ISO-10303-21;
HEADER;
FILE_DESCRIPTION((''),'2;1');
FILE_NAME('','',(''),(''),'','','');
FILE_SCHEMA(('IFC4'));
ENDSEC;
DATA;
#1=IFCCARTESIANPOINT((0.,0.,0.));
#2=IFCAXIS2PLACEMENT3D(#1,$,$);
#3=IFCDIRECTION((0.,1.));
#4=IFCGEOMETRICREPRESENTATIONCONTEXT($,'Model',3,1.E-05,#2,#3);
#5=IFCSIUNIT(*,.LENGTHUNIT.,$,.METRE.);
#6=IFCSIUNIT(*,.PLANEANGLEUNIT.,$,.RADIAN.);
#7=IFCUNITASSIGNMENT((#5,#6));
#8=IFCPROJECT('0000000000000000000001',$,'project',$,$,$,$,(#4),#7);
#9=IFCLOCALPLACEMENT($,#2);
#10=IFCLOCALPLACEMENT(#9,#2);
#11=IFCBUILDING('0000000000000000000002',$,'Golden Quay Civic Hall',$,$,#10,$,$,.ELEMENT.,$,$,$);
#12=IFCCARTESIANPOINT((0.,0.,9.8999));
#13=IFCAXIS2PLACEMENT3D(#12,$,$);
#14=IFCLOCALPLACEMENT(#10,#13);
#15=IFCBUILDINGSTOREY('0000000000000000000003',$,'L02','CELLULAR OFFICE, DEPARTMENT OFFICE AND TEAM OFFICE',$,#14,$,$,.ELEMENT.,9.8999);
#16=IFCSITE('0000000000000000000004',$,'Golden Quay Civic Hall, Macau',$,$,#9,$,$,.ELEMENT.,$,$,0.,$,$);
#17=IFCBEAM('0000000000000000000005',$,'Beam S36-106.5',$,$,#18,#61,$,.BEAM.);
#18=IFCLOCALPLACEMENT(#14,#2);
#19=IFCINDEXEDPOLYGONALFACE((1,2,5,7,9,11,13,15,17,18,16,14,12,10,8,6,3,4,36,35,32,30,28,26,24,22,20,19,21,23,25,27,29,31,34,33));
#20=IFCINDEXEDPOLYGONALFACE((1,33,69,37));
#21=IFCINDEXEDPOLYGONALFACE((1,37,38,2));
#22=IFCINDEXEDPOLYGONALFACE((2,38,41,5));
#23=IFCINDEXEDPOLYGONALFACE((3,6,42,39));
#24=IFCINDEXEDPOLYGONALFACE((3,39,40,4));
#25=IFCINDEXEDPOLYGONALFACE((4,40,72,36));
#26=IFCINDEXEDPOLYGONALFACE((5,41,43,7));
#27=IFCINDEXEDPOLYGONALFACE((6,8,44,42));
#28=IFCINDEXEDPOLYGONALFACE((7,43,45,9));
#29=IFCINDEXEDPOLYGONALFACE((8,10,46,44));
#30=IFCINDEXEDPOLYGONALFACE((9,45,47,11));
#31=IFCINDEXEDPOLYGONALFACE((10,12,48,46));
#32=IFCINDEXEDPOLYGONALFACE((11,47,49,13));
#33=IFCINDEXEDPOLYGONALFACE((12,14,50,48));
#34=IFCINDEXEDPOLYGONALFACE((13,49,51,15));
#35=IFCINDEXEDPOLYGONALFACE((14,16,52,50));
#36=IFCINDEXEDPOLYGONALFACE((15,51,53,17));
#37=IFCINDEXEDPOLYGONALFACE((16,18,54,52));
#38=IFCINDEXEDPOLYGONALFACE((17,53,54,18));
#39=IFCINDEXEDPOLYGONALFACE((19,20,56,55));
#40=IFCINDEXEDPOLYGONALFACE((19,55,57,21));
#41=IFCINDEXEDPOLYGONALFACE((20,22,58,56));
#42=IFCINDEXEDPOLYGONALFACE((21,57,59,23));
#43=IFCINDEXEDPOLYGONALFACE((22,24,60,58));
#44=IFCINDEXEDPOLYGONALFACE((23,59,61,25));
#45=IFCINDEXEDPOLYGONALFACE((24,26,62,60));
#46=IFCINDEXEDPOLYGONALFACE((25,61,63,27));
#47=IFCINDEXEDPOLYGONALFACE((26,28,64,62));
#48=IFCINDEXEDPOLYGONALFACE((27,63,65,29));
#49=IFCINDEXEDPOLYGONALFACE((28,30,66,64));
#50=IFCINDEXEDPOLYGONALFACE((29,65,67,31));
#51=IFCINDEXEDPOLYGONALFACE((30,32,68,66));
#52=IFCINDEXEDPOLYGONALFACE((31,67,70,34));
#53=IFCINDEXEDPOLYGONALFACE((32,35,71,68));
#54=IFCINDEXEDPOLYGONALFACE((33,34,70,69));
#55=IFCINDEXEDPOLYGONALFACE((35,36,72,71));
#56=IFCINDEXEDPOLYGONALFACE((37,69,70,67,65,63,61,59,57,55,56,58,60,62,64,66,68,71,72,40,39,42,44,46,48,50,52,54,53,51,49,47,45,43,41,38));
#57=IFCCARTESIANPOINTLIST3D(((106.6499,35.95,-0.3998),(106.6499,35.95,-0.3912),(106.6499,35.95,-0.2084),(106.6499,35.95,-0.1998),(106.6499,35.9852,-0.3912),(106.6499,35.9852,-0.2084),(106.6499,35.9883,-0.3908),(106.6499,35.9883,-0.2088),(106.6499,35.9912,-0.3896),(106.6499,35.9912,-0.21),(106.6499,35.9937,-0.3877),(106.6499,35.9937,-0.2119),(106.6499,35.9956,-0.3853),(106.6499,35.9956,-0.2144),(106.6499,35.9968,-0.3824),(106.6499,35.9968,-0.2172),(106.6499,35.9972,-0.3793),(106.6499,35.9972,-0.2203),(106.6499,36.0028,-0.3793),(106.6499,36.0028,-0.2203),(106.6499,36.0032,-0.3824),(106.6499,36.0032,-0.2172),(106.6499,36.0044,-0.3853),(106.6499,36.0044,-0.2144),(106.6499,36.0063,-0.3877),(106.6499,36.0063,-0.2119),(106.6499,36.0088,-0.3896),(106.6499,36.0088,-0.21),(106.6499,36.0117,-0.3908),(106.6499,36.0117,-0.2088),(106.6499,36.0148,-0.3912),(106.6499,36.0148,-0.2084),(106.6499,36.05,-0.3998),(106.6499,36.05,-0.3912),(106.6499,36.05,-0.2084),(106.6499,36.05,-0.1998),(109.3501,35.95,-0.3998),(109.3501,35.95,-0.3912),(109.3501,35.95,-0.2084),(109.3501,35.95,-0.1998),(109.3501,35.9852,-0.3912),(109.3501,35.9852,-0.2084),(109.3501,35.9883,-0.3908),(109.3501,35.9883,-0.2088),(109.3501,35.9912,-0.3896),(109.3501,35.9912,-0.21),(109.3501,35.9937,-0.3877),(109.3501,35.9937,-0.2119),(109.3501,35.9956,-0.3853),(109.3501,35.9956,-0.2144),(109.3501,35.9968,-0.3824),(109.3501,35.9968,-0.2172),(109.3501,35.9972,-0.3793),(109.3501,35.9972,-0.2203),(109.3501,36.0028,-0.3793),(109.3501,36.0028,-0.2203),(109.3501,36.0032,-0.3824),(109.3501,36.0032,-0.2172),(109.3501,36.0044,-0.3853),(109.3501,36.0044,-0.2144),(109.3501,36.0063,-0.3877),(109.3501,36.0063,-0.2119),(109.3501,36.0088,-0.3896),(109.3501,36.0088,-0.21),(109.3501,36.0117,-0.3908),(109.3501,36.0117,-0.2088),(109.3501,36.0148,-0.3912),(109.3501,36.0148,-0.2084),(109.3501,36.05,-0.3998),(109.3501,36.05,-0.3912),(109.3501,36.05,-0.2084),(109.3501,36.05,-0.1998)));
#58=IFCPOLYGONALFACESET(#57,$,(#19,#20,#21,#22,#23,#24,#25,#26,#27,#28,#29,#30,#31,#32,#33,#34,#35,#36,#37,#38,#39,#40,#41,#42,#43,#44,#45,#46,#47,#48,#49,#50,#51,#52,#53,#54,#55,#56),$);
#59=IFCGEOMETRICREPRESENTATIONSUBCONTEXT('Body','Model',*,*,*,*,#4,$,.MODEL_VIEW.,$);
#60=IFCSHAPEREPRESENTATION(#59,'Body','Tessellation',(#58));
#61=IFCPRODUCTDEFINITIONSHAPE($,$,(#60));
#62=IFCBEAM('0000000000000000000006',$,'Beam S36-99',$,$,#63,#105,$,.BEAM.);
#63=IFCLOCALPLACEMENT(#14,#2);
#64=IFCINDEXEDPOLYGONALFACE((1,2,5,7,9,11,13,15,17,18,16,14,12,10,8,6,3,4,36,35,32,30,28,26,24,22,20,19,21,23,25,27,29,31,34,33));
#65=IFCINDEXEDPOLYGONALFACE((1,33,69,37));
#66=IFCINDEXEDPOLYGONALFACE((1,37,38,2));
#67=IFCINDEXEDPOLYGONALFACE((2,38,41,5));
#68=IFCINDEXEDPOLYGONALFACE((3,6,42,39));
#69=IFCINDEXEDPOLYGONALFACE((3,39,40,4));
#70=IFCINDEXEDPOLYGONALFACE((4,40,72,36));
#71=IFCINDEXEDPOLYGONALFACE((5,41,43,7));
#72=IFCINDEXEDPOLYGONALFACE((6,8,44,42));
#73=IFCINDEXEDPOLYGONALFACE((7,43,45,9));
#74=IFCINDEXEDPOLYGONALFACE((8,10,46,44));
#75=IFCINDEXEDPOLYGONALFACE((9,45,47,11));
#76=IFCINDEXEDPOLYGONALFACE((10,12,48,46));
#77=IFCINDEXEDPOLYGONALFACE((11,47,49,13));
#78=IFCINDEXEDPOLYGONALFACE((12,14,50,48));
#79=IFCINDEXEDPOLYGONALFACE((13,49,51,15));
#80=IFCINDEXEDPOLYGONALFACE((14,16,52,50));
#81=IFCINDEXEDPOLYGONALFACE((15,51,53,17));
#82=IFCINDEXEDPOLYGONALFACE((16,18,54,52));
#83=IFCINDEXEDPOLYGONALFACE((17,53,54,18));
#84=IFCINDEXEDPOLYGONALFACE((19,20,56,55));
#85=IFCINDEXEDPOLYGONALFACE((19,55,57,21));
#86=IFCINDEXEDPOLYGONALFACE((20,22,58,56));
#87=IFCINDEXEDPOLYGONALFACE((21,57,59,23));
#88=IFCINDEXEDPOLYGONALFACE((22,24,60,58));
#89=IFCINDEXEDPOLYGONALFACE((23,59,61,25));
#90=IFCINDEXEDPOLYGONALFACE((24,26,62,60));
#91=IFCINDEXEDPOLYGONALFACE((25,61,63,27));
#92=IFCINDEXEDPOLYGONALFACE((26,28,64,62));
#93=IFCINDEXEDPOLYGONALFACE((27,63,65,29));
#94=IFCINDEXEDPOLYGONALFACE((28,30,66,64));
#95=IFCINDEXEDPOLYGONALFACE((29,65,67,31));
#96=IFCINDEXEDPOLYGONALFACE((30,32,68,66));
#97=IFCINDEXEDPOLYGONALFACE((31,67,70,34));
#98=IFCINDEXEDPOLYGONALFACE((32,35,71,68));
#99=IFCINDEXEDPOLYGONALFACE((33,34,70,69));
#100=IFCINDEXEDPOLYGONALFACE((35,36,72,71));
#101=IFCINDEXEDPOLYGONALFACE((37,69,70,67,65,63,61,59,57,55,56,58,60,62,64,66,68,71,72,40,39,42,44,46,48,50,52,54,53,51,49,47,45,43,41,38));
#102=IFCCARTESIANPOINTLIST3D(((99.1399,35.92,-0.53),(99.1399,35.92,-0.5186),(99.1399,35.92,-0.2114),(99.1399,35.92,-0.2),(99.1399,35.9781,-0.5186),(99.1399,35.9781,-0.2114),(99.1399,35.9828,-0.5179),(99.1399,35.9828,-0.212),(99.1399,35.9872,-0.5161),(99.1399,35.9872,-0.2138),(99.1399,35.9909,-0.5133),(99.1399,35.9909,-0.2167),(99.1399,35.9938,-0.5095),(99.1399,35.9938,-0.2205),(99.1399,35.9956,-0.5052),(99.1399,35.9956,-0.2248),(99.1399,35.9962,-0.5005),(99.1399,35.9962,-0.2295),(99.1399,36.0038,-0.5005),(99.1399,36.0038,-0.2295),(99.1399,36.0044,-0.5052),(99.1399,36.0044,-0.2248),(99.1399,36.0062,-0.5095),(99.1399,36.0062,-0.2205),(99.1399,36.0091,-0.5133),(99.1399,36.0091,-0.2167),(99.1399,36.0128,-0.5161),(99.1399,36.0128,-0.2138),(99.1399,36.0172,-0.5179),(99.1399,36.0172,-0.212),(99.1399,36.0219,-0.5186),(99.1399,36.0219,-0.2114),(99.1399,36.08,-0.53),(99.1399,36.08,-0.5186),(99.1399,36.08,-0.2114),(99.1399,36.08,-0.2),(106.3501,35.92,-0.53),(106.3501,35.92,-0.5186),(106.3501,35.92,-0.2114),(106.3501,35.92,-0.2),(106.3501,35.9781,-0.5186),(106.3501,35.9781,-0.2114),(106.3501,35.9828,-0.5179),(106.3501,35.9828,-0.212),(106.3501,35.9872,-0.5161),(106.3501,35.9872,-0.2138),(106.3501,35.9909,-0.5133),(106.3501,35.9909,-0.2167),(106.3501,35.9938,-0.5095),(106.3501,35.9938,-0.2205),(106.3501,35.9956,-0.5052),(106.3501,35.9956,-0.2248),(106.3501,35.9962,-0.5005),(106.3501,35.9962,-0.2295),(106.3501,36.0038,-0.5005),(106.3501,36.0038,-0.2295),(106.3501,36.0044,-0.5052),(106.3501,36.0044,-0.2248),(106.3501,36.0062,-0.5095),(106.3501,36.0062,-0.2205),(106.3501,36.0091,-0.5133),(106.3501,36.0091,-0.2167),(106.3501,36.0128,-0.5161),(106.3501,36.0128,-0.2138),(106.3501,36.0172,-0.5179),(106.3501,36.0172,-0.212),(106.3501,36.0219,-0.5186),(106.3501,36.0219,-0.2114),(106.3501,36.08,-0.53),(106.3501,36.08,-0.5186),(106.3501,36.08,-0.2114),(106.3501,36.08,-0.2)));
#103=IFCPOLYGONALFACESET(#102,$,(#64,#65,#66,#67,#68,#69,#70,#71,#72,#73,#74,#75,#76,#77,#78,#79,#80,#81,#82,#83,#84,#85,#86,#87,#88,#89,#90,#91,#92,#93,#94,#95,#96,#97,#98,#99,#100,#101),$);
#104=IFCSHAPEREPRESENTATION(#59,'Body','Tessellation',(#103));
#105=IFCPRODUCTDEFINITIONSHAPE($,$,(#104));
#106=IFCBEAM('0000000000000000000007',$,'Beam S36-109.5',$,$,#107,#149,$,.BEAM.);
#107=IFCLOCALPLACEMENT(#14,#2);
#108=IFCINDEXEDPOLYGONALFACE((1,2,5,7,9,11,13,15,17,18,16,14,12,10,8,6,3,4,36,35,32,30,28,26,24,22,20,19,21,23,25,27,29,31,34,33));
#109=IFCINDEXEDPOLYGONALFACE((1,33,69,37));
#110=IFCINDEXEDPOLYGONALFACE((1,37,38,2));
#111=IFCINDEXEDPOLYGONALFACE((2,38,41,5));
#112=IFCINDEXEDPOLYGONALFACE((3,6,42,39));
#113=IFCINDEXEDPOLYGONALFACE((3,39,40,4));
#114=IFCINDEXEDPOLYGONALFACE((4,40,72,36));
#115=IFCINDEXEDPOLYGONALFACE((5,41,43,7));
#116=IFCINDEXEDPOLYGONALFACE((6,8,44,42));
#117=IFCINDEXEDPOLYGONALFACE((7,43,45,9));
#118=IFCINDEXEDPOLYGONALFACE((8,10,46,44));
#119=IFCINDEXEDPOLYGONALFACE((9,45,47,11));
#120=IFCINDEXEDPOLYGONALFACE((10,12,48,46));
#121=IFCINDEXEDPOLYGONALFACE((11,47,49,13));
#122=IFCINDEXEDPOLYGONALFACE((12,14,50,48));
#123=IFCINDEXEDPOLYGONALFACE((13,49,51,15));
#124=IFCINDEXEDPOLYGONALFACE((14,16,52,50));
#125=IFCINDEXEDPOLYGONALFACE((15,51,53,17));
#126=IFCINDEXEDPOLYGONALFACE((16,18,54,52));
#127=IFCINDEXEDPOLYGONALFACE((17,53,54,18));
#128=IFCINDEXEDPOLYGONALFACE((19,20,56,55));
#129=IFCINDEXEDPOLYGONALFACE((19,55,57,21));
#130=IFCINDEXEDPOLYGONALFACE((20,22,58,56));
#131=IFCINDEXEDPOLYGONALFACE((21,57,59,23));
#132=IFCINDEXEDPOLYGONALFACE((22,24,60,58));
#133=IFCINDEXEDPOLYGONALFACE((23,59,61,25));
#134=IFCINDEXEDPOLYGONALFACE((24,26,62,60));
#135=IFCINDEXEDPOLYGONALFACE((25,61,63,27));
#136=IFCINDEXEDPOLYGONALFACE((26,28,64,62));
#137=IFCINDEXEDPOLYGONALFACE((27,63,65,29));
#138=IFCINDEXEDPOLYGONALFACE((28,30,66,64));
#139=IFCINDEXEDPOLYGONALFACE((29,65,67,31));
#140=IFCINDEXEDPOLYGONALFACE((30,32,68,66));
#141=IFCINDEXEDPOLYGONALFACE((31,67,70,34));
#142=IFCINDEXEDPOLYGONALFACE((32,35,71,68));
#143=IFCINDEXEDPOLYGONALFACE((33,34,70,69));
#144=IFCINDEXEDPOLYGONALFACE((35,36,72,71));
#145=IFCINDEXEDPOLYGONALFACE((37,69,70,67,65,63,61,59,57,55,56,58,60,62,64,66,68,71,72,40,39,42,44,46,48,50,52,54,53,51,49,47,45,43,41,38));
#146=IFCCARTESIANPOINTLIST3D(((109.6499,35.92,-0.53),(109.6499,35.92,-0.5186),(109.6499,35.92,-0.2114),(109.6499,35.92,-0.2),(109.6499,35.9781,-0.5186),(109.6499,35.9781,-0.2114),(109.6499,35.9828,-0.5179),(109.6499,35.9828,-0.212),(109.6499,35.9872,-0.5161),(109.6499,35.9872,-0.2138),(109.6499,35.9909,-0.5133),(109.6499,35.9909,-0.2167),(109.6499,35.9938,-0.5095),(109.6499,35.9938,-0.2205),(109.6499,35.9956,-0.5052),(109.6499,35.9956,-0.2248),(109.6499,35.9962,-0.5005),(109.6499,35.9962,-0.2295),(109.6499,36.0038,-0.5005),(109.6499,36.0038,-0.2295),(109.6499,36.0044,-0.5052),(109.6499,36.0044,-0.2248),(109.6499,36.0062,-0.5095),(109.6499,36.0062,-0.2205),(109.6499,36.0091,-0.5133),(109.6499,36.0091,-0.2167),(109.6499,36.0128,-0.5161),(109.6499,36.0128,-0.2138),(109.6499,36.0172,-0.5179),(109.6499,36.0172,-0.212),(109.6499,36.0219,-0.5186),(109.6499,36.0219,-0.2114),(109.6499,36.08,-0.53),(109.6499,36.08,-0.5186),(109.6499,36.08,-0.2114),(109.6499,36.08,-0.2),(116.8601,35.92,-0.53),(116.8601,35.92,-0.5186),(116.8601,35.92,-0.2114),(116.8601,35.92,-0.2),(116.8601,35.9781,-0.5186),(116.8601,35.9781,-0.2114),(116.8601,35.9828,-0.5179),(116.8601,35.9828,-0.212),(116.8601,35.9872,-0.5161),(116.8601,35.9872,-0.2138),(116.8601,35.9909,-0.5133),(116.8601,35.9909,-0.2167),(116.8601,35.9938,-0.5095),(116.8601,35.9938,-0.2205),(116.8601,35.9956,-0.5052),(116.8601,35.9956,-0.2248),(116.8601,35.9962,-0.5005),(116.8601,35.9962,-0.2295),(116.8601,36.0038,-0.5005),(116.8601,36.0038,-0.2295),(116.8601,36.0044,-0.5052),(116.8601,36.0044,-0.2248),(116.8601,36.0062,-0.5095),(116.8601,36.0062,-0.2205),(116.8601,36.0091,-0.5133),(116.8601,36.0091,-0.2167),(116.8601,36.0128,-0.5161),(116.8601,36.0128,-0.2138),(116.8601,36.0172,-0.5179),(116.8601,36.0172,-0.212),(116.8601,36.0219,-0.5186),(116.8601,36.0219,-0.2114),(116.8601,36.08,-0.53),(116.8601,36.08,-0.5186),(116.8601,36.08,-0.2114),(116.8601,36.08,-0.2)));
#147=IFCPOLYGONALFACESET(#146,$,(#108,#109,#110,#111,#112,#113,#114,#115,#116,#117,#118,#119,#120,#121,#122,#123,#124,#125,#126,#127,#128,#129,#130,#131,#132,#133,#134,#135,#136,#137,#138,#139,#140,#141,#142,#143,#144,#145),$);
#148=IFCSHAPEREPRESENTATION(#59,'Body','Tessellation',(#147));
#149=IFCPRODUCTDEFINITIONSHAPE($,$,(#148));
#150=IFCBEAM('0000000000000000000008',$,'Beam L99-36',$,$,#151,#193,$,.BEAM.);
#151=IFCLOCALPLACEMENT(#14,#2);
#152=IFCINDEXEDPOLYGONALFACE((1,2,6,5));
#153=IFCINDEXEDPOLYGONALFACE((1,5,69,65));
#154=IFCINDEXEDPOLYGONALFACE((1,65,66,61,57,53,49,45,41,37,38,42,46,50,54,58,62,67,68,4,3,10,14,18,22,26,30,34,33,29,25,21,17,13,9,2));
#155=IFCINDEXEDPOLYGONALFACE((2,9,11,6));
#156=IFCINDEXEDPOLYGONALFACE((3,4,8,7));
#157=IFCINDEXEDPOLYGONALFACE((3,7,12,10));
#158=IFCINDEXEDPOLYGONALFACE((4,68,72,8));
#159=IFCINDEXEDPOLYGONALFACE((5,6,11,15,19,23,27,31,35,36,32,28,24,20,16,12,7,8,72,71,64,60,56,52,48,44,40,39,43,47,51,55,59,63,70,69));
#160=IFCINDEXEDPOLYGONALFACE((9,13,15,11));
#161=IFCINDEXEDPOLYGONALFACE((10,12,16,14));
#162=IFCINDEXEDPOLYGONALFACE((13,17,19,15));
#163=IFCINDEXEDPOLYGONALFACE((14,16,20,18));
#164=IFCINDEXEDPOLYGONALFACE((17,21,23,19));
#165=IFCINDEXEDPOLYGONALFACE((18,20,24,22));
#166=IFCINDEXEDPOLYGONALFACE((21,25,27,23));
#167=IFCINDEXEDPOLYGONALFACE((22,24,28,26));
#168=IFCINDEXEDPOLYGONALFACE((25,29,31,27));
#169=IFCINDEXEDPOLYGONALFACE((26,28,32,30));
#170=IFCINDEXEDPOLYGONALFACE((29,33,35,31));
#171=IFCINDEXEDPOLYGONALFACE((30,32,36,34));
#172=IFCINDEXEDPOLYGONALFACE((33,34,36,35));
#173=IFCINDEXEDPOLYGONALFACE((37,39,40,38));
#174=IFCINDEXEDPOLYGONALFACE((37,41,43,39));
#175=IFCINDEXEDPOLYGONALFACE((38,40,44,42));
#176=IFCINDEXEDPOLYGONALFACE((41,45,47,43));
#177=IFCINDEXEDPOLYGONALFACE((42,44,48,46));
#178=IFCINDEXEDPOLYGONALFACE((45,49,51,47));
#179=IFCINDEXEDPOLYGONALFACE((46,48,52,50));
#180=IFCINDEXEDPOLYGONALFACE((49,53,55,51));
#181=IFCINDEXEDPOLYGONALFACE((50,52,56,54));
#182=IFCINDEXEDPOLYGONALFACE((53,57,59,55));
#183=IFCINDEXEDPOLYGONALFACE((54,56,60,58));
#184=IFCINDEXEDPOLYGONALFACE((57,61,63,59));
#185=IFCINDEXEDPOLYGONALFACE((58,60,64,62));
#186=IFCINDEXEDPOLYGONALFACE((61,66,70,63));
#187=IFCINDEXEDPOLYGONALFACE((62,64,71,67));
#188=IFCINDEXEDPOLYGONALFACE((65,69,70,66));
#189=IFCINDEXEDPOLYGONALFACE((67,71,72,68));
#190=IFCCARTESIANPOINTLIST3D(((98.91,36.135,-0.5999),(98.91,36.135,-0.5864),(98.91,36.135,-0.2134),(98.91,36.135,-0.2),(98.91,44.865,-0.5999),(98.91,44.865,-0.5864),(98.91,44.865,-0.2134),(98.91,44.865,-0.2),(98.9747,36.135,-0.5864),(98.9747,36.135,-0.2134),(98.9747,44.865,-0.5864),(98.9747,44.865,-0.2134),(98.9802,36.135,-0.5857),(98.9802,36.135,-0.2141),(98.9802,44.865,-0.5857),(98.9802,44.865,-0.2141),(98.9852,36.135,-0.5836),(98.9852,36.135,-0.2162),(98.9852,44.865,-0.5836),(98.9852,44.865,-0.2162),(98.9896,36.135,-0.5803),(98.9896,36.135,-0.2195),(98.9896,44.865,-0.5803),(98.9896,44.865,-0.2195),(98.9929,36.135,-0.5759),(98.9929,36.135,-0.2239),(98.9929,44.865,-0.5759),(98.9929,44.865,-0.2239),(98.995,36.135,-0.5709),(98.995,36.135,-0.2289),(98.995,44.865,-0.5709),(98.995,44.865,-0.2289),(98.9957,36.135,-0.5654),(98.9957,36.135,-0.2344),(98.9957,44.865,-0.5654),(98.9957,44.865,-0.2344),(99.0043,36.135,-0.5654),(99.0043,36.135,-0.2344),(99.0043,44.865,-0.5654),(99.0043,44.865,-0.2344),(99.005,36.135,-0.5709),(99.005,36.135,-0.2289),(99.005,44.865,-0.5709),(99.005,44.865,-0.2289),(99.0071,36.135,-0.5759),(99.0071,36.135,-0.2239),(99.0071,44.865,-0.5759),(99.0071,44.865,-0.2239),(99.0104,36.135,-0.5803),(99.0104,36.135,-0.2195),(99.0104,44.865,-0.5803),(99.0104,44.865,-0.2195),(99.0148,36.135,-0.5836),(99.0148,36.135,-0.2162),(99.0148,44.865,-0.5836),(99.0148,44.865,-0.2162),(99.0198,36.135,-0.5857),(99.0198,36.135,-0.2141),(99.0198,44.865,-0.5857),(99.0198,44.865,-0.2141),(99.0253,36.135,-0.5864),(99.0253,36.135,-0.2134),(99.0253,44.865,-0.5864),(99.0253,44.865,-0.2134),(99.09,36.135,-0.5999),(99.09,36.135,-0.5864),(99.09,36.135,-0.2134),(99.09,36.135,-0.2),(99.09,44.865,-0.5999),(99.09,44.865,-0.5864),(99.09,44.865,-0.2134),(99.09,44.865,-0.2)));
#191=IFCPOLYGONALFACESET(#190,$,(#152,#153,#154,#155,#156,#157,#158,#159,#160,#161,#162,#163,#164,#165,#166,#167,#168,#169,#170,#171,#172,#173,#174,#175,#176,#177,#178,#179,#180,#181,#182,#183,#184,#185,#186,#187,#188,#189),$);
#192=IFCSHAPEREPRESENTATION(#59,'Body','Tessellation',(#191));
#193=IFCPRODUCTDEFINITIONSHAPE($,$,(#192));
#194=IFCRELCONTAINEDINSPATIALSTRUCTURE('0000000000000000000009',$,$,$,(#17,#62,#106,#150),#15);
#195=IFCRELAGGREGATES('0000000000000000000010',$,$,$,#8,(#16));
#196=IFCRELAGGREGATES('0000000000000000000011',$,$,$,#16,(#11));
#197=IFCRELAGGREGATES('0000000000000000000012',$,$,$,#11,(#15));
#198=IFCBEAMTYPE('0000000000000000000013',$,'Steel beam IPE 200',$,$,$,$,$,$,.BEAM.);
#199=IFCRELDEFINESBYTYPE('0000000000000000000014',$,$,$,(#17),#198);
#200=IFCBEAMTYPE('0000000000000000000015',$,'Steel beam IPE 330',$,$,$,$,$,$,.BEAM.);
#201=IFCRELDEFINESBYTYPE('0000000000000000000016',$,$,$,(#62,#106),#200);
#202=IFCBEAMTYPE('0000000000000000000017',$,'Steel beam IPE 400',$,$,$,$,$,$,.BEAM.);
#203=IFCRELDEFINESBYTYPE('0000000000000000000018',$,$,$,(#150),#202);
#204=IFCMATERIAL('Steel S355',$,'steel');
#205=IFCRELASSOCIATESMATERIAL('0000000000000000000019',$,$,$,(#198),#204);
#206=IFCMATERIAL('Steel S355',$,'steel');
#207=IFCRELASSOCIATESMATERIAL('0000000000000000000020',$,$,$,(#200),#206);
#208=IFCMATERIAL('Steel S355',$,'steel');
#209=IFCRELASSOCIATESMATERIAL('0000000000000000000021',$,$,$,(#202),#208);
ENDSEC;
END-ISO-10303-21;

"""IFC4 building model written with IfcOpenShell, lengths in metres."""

from ifc_helpers import new_model, si_unit, direction, frame, origin, origin_2d, place, context, subcontext, project, spatial, i_section, extrude, material, material_profile, profile_set, type_object, element, save


model = new_model("IFC4")

# Units and contexts
model_context = context("Model", 3, precision=1e-05, world=origin(), true_north=direction((0.0, 1.0)))
body_context = subcontext(model_context, "Body", "Model", "MODEL_VIEW")
ifc_project = project(units=[si_unit("LENGTHUNIT", "METRE"), si_unit("PLANEANGLEUNIT", "RADIAN")], contexts=[model_context])

# Site, building, storey
site_placement = place(None, origin())
site = spatial("IfcSite", under=ifc_project, at=site_placement, Name="Golden Quay Civic Hall, Macau", CompositionType="ELEMENT", RefElevation=0.0)
building_placement = place(site_placement, origin())
building = spatial("IfcBuilding", under=site, at=building_placement, Name="Golden Quay Civic Hall", CompositionType="ELEMENT")
storey_placement = place(building_placement, frame((0.0, 0.0, 9.8999)))
storey = spatial("IfcBuildingStorey", under=building, at=storey_placement, Name="L02", Description="CELLULAR OFFICE, DEPARTMENT OFFICE AND TEAM OFFICE", CompositionType="ELEMENT", Elevation=9.8999)

# Beams
ifc_material_1 = material(Name="Steel S355", Category="steel")
ifc_material_profile_1 = material_profile(ifc_material_1, i_section(OverallWidth=0.1001, OverallDepth=0.2, WebThickness=0.0056, FlangeThickness=0.0085, FilletRadius=0.012, at=origin_2d()), Name="IPE 200")
ifc_profile_set_1 = profile_set([ifc_material_profile_1], Name="Steel S355")
beam_type_1 = type_object("IfcBeamType", Name="Steel beam IPE 200", PredefinedType="BEAM", material=ifc_profile_set_1)
beam_1_placement = place(storey_placement, frame((106.6499, 36.0, -0.2998), z_axis=(1.0, 0.0, 0.0), x_axis=(0.0, 1.0, 0.0)))
element("IfcBeam", 1, at=beam_1_placement, inside=storey, type_object=beam_type_1, Name="Beam S36-106.5", PredefinedType="BEAM", context=body_context, shape_type="SweptSolid", body=[
    extrude(i_section(OverallWidth=0.1001, OverallDepth=0.2, WebThickness=0.0056, FlangeThickness=0.0085, FilletRadius=0.012, at=origin_2d()), origin(), (0.0, 0.0, 1.0), 2.7002),
])
ifc_material_2 = material(Name="Steel S355", Category="steel")
ifc_material_profile_2 = material_profile(ifc_material_2, i_section(OverallWidth=0.1599, OverallDepth=0.3301, WebThickness=0.0076, FlangeThickness=0.0115, FilletRadius=0.0181, at=origin_2d()), Name="IPE 330")
ifc_profile_set_2 = profile_set([ifc_material_profile_2], Name="Steel S355")
beam_type_2 = type_object("IfcBeamType", Name="Steel beam IPE 330", PredefinedType="BEAM", material=ifc_profile_set_2)
for number, where, z_axis, x_axis, name in (
    (2, (99.1399, 36.0, -0.365), (1.0, 0.0, 0.0), (0.0, 1.0, 0.0), "Beam S36-99"),
    (3, (109.6499, 36.0, -0.365), (1.0, 0.0, 0.0), (0.0, 1.0, 0.0), "Beam S36-109.5"),
):
    element("IfcBeam", number, at=place(storey_placement, frame(where, z_axis=z_axis, x_axis=x_axis)), inside=storey, type_object=beam_type_2, Name=name, PredefinedType="BEAM", context=body_context, shape_type="SweptSolid", body=[
        extrude(i_section(OverallWidth=0.1599, OverallDepth=0.3301, WebThickness=0.0076, FlangeThickness=0.0115, FilletRadius=0.0181, at=origin_2d()), origin(), (0.0, 0.0, 1.0), 7.2102),
    ])
ifc_material_3 = material(Name="Steel S355", Category="steel")
ifc_material_profile_3 = material_profile(ifc_material_3, i_section(OverallWidth=0.1799, OverallDepth=0.3999, WebThickness=0.0085, FlangeThickness=0.0134, FilletRadius=0.021, at=origin_2d()), Name="IPE 400")
ifc_profile_set_3 = profile_set([ifc_material_profile_3], Name="Steel S355")
beam_type_3 = type_object("IfcBeamType", Name="Steel beam IPE 400", PredefinedType="BEAM", material=ifc_profile_set_3)
beam_2_placement = place(storey_placement, frame((99.0, 36.135, -0.3999), z_axis=(0.0, 1.0, 0.0), x_axis=(-1.0, 0.0, 0.0)))
element("IfcBeam", 4, at=beam_2_placement, inside=storey, type_object=beam_type_3, Name="Beam L99-36", PredefinedType="BEAM", context=body_context, shape_type="SweptSolid", body=[
    extrude(i_section(OverallWidth=0.1799, OverallDepth=0.3999, WebThickness=0.0085, FlangeThickness=0.0134, FilletRadius=0.021, at=origin_2d()), origin(), (0.0, 0.0, 1.0), 8.73),
])

save(model, "model.ifc")
